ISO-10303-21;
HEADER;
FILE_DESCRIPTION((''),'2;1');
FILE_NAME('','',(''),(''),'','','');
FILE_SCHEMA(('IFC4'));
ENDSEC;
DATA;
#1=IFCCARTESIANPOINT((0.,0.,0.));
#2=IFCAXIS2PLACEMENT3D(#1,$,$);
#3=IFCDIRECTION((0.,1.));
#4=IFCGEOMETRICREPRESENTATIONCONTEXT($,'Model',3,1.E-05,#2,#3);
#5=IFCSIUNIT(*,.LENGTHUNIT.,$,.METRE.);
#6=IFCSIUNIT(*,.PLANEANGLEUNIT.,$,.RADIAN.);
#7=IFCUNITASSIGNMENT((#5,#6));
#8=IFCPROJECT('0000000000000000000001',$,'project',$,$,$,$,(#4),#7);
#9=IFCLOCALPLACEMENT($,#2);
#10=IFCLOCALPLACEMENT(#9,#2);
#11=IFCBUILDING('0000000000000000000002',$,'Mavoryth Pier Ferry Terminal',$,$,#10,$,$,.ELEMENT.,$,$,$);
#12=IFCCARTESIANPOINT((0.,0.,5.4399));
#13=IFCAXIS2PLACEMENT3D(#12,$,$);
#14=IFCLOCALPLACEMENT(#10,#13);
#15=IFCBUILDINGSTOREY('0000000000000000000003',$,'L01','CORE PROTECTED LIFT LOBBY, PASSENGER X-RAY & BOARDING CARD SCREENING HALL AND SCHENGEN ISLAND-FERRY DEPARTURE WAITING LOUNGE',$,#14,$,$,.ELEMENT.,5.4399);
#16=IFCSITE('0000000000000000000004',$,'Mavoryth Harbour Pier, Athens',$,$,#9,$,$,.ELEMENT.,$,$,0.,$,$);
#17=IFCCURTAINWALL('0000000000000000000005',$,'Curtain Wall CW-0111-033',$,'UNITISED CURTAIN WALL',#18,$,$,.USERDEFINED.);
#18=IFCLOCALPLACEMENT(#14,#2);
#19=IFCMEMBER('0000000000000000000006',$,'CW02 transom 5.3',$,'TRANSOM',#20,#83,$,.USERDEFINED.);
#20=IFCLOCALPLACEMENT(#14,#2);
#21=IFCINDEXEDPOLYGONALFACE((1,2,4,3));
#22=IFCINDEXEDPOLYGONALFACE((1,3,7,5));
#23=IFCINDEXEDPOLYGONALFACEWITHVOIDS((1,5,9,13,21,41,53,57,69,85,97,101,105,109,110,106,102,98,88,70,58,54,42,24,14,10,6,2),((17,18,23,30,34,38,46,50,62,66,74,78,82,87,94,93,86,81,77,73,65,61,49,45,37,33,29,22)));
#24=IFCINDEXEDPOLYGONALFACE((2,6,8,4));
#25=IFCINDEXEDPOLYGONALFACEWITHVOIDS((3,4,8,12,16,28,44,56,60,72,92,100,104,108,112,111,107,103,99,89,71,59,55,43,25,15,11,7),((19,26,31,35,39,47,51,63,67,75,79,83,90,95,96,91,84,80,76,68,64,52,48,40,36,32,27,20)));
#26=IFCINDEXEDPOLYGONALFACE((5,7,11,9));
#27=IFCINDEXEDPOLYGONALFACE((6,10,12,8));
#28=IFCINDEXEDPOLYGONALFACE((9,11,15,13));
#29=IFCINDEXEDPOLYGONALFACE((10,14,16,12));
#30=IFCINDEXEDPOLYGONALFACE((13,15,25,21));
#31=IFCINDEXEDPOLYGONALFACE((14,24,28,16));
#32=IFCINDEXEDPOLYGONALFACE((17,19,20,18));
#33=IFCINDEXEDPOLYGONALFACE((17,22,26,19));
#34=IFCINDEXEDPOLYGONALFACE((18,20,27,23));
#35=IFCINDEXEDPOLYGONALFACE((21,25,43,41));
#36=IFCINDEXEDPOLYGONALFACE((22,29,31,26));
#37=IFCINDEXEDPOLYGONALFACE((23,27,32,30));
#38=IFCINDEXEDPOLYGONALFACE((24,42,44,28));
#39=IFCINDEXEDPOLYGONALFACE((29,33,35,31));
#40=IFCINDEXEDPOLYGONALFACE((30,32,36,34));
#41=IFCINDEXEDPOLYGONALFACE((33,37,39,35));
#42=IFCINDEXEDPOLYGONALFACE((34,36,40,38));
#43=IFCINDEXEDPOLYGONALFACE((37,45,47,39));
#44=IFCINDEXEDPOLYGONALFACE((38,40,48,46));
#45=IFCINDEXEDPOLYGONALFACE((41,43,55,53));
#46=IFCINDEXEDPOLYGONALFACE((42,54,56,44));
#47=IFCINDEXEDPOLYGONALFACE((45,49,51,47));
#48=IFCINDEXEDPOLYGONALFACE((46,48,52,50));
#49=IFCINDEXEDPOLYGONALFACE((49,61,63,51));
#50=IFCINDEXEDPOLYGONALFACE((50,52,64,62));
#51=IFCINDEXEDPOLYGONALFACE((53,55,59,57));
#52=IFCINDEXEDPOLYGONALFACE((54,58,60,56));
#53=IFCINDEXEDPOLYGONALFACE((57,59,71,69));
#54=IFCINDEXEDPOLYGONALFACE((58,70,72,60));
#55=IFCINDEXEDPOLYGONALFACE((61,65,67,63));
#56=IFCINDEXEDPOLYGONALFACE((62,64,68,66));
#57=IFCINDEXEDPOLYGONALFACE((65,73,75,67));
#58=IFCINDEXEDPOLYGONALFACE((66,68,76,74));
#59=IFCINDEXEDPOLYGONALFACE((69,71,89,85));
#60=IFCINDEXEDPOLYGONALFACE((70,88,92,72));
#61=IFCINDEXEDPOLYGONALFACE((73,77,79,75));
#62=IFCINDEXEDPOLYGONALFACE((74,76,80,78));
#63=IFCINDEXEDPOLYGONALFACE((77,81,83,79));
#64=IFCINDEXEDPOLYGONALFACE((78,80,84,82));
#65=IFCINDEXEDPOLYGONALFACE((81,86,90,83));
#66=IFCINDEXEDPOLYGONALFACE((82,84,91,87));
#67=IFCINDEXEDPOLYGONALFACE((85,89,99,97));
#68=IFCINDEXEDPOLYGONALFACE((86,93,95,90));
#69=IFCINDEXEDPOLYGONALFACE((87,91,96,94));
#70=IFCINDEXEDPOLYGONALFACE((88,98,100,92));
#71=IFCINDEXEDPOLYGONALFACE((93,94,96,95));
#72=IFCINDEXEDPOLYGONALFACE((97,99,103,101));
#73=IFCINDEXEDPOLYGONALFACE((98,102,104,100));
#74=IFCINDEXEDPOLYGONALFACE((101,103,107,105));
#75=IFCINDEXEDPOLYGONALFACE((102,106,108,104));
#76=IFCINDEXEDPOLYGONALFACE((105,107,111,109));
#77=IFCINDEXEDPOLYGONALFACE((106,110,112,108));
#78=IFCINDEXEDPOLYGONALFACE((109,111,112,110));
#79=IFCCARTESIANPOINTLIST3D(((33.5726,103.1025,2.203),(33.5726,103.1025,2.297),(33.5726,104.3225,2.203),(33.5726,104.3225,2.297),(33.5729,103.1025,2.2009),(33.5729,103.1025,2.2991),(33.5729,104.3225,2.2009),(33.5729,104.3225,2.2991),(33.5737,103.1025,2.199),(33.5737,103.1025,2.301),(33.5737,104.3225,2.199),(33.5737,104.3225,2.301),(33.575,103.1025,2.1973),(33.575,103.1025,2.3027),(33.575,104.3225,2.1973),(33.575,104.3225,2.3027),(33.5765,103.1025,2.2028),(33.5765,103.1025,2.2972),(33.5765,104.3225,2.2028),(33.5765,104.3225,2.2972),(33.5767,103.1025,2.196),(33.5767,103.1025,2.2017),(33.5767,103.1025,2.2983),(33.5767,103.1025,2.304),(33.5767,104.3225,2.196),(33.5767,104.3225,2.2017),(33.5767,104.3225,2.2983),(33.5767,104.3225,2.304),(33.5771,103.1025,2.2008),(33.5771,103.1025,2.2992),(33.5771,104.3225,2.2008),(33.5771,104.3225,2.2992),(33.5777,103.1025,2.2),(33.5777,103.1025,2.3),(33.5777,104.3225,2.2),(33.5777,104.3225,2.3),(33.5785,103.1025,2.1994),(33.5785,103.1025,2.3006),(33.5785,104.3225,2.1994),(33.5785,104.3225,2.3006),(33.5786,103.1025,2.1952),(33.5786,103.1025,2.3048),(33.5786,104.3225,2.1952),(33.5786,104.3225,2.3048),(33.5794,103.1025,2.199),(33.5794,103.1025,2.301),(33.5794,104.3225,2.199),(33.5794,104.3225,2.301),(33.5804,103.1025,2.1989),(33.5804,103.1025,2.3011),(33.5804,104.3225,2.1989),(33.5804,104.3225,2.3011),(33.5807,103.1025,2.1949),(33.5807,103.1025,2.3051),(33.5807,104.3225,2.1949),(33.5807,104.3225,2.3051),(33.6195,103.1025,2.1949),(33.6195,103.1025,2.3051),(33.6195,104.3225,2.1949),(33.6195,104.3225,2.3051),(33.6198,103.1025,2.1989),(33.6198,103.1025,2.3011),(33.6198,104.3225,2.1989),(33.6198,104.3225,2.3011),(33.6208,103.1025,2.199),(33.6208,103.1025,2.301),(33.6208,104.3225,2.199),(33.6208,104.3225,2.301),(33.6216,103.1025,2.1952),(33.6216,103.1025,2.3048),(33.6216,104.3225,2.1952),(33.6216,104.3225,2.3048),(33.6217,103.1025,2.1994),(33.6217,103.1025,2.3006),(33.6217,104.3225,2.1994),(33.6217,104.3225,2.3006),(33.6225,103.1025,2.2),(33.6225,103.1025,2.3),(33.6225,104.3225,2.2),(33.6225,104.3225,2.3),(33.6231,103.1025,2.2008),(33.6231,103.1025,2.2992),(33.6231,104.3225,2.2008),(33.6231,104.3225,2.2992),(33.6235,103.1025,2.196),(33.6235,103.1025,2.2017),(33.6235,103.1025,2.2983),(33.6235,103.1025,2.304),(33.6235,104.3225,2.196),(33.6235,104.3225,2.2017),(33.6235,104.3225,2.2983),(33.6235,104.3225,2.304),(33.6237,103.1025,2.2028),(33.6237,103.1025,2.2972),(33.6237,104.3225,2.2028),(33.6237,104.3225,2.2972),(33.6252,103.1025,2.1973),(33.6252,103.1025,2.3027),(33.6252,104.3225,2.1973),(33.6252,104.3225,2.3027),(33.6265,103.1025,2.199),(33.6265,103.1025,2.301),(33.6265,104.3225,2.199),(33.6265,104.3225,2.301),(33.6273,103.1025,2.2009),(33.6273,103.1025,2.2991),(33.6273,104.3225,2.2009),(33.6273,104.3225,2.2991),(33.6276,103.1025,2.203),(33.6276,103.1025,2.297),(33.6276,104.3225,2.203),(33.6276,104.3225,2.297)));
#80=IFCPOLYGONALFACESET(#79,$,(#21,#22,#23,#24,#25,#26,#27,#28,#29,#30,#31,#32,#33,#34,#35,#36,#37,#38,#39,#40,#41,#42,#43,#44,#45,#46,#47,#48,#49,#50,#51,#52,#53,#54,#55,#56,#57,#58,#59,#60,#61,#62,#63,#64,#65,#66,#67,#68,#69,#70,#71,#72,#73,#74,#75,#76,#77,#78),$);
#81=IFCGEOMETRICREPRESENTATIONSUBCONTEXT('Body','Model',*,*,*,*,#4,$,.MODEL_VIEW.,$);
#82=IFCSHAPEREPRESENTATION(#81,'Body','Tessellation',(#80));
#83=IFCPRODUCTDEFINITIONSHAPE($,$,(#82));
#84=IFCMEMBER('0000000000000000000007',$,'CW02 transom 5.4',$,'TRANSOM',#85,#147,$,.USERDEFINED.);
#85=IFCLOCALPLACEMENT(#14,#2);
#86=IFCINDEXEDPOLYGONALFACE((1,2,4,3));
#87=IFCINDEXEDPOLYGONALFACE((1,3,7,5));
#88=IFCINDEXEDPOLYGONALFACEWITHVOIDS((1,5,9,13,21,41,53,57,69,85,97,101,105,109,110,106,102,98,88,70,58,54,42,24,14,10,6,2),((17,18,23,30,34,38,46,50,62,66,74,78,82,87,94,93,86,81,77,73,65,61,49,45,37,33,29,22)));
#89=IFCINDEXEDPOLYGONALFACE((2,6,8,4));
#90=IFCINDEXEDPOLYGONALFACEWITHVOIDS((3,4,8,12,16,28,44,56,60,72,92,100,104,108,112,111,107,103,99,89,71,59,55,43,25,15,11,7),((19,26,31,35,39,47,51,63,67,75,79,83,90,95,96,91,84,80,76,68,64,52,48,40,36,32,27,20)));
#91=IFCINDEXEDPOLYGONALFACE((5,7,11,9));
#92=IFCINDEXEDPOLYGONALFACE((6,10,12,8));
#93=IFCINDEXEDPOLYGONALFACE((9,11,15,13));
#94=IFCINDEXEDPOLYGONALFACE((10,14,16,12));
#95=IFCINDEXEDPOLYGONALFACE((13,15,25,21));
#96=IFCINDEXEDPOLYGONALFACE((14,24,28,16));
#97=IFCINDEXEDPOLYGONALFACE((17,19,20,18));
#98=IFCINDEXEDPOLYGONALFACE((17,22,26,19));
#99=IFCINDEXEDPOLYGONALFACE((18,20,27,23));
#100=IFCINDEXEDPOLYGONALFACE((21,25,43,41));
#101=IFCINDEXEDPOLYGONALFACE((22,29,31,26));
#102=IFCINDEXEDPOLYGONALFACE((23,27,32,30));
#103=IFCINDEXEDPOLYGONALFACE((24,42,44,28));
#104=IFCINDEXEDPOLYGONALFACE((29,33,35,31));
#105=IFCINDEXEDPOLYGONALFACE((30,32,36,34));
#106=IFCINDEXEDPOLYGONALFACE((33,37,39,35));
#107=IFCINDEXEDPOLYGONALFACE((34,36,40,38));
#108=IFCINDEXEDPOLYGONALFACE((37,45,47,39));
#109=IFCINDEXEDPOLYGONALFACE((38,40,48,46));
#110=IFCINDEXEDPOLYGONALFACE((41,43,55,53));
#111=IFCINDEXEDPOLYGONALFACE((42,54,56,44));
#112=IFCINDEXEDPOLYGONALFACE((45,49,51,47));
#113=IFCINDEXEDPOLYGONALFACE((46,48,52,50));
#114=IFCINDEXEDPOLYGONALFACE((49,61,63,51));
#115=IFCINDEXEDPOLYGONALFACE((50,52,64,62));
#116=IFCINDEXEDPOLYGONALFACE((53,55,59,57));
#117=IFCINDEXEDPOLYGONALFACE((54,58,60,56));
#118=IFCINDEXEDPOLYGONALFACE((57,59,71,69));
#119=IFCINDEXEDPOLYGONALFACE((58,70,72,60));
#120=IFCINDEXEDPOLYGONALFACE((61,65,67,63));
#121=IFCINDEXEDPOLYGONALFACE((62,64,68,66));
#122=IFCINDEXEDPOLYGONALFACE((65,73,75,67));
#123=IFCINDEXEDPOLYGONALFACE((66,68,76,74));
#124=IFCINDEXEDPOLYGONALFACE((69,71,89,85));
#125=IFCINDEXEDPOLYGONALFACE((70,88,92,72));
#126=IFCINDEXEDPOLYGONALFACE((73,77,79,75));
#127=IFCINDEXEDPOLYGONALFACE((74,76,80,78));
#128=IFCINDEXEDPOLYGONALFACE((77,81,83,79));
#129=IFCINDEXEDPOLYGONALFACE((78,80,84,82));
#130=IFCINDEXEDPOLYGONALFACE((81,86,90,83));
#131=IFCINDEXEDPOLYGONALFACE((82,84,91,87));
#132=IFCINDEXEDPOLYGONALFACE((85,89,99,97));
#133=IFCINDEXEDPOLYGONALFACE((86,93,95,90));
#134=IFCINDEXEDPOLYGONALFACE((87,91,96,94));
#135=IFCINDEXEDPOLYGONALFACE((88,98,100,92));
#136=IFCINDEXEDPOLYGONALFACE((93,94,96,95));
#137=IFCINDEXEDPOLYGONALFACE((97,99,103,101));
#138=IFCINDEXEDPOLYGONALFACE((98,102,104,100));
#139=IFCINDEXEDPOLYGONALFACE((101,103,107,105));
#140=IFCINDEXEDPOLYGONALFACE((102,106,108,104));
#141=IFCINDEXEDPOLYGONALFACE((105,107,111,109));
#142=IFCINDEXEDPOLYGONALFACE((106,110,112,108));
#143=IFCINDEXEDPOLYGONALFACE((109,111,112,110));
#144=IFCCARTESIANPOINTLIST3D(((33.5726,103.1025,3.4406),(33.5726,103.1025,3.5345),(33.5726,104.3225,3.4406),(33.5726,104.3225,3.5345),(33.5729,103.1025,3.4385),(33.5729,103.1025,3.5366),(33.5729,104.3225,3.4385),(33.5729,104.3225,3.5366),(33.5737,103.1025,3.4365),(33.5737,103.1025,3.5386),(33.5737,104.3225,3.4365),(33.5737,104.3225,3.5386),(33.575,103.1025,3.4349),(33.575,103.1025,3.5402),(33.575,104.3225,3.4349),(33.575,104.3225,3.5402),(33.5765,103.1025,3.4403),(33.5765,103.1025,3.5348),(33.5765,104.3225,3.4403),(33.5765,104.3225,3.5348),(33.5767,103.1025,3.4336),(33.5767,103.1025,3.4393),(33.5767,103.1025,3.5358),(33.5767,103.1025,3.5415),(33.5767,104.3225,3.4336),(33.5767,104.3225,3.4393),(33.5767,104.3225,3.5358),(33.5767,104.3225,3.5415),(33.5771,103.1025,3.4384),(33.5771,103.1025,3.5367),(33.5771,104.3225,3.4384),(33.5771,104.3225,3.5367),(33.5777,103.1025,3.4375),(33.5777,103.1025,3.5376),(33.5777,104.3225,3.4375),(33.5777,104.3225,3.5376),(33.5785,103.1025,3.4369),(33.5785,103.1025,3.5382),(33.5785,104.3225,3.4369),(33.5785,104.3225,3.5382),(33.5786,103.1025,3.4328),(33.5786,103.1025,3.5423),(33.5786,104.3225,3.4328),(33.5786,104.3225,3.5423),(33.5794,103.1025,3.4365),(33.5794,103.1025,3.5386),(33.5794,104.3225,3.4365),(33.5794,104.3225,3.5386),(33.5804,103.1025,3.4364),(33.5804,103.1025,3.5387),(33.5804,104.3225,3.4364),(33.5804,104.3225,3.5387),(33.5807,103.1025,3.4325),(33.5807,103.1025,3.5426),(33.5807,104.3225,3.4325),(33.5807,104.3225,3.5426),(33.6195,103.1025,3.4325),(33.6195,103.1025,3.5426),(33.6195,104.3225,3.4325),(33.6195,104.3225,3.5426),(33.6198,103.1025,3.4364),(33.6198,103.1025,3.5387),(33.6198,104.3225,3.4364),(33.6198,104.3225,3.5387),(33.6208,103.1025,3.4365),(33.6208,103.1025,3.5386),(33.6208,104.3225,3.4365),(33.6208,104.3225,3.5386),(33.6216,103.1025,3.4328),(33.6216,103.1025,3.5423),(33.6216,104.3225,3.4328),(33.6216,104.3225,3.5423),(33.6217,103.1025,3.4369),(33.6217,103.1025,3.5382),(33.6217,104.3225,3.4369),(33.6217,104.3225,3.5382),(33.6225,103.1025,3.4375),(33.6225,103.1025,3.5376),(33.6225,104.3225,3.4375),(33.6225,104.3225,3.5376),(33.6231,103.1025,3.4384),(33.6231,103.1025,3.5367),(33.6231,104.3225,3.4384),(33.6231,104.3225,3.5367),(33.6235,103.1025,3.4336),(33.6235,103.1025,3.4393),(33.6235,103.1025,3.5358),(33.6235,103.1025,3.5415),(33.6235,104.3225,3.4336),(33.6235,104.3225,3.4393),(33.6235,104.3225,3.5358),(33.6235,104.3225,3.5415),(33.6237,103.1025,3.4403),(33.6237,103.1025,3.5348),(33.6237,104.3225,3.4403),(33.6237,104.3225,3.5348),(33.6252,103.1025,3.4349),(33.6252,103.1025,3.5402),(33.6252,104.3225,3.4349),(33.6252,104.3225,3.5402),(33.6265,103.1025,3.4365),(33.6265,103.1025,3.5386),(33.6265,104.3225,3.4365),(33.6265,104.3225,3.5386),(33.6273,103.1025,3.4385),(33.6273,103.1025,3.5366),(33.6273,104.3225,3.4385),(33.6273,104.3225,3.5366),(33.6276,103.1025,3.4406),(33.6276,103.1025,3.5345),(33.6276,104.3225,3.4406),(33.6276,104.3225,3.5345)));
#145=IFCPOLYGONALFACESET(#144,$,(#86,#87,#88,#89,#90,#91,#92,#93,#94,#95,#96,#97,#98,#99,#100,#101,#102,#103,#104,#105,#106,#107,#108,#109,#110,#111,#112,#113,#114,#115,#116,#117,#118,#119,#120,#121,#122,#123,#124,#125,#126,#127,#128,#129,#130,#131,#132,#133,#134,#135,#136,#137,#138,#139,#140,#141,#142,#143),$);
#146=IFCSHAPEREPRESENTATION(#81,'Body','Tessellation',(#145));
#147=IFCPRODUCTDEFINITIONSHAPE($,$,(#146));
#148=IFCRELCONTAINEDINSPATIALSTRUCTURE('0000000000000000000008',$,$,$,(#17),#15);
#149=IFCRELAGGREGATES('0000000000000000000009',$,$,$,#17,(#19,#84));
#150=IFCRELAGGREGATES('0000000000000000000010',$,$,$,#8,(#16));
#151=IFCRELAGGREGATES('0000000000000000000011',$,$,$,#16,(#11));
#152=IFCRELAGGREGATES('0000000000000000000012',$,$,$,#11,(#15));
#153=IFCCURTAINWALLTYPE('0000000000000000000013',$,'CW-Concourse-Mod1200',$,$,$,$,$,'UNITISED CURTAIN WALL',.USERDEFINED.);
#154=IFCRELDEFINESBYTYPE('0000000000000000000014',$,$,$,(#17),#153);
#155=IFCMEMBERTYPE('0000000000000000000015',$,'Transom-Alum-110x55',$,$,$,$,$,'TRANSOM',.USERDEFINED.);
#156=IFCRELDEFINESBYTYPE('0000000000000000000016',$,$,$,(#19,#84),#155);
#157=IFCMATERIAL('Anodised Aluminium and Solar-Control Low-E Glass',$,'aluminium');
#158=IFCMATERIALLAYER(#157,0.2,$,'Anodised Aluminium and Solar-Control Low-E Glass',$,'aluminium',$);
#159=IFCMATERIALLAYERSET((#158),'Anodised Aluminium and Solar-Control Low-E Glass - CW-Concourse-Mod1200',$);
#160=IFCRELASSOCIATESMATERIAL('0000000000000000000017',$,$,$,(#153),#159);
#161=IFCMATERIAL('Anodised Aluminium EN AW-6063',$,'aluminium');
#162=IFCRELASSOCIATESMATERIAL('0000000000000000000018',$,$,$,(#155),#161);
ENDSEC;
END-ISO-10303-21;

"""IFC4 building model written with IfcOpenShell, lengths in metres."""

from ifc_helpers import new_model, si_unit, direction, frame, origin, origin_2d, place, context, subcontext, project, spatial, hollow_rectangle, extrude, material, layer, layer_set, material_profile, profile_set, type_object, element, aggregate, save


model = new_model("IFC4")

# Units and contexts
model_context = context("Model", 3, precision=1e-05, world=origin(), true_north=direction((0.0, 1.0)))
body_context = subcontext(model_context, "Body", "Model", "MODEL_VIEW")
ifc_project = project(units=[si_unit("LENGTHUNIT", "METRE"), si_unit("PLANEANGLEUNIT", "RADIAN")], contexts=[model_context])

# Site, building, storey
site_placement = place(None, origin())
site = spatial("IfcSite", under=ifc_project, at=site_placement, Name="Mavoryth Harbour Pier, Athens", CompositionType="ELEMENT", RefElevation=0.0)
building_placement = place(site_placement, origin())
building = spatial("IfcBuilding", under=site, at=building_placement, Name="Mavoryth Pier Ferry Terminal", CompositionType="ELEMENT")
storey_placement = place(building_placement, frame((0.0, 0.0, 5.4399)))
storey = spatial("IfcBuildingStorey", under=building, at=storey_placement, Name="L01", Description="CORE PROTECTED LIFT LOBBY, PASSENGER X-RAY & BOARDING CARD SCREENING HALL AND SCHENGEN ISLAND-FERRY DEPARTURE WAITING LOUNGE", CompositionType="ELEMENT", Elevation=5.4399)

# Curtain wall
ifc_material_1 = material(Name="Anodised Aluminium and Solar-Control Low-E Glass", Category="aluminium")
ifc_layer_1 = layer(ifc_material_1, 0.2, Name="Anodised Aluminium and Solar-Control Low-E Glass", Category="aluminium")
ifc_layer_set_1 = layer_set([ifc_layer_1], Name="Anodised Aluminium and Solar-Control Low-E Glass - CW-Concourse-Mod1200")
curtain_wall_type_1 = type_object("IfcCurtainWallType", Name="CW-Concourse-Mod1200", ElementType="UNITISED CURTAIN WALL", PredefinedType="USERDEFINED", material=ifc_layer_set_1)
curtain_wall_1_placement = place(storey_placement, origin())
curtain_wall_1 = element("IfcCurtainWall", 1, at=curtain_wall_1_placement, inside=storey, type_object=curtain_wall_type_1, Name="Curtain Wall CW-0111-033", ObjectType="UNITISED CURTAIN WALL", PredefinedType="USERDEFINED")
ifc_material_2 = material(Name="Anodised Aluminium EN AW-6063", Category="aluminium")

# Members
ifc_material_profile_1 = material_profile(ifc_material_2, hollow_rectangle(XDim=0.0549, YDim=0.1101, WallThickness=0.0039, InnerFilletRadius=0.0039, OuterFilletRadius=0.0081, at=origin_2d()), Name="AL-TRAN 110x55x4", Category="aluminium")
ifc_profile_set_1 = profile_set([ifc_material_profile_1], Name="Anodised Aluminium EN AW-6063 - AL-TRAN 110x55x4")
member_type_1 = type_object("IfcMemberType", Name="Transom-Alum-110x55", ElementType="TRANSOM", PredefinedType="USERDEFINED", material=ifc_profile_set_1)
member_1_placement = place(storey_placement, frame((33.6001, 103.1025, 2.25), z_axis=(0.0, 1.0, 0.0), x_axis=(-1.0, 0.0, 0.0)))
member_1 = element("IfcMember", 2, at=member_1_placement, type_object=member_type_1, Name="CW02 transom 5.3", ObjectType="TRANSOM", PredefinedType="USERDEFINED", context=body_context, shape_type="SweptSolid", body=[
    extrude(hollow_rectangle(XDim=0.0549, YDim=0.1101, WallThickness=0.0039, InnerFilletRadius=0.0039, OuterFilletRadius=0.0081, at=origin_2d()), origin(), (0.0, 0.0, 1.0), 1.22),
])
member_2_placement = place(storey_placement, frame((33.6001, 103.1025, 3.4875), z_axis=(0.0, 1.0, 0.0), x_axis=(-1.0, 0.0, 0.0)))
member_2 = element("IfcMember", 3, at=member_2_placement, type_object=member_type_1, Name="CW02 transom 5.4", ObjectType="TRANSOM", PredefinedType="USERDEFINED", context=body_context, shape_type="SweptSolid", body=[
    extrude(hollow_rectangle(XDim=0.0549, YDim=0.1101, WallThickness=0.0039, InnerFilletRadius=0.0039, OuterFilletRadius=0.0081, at=origin_2d()), origin(), (0.0, 0.0, 1.0), 1.22),
])

aggregate(curtain_wall_1, [member_1, member_2])

save(model, "model.ifc")
